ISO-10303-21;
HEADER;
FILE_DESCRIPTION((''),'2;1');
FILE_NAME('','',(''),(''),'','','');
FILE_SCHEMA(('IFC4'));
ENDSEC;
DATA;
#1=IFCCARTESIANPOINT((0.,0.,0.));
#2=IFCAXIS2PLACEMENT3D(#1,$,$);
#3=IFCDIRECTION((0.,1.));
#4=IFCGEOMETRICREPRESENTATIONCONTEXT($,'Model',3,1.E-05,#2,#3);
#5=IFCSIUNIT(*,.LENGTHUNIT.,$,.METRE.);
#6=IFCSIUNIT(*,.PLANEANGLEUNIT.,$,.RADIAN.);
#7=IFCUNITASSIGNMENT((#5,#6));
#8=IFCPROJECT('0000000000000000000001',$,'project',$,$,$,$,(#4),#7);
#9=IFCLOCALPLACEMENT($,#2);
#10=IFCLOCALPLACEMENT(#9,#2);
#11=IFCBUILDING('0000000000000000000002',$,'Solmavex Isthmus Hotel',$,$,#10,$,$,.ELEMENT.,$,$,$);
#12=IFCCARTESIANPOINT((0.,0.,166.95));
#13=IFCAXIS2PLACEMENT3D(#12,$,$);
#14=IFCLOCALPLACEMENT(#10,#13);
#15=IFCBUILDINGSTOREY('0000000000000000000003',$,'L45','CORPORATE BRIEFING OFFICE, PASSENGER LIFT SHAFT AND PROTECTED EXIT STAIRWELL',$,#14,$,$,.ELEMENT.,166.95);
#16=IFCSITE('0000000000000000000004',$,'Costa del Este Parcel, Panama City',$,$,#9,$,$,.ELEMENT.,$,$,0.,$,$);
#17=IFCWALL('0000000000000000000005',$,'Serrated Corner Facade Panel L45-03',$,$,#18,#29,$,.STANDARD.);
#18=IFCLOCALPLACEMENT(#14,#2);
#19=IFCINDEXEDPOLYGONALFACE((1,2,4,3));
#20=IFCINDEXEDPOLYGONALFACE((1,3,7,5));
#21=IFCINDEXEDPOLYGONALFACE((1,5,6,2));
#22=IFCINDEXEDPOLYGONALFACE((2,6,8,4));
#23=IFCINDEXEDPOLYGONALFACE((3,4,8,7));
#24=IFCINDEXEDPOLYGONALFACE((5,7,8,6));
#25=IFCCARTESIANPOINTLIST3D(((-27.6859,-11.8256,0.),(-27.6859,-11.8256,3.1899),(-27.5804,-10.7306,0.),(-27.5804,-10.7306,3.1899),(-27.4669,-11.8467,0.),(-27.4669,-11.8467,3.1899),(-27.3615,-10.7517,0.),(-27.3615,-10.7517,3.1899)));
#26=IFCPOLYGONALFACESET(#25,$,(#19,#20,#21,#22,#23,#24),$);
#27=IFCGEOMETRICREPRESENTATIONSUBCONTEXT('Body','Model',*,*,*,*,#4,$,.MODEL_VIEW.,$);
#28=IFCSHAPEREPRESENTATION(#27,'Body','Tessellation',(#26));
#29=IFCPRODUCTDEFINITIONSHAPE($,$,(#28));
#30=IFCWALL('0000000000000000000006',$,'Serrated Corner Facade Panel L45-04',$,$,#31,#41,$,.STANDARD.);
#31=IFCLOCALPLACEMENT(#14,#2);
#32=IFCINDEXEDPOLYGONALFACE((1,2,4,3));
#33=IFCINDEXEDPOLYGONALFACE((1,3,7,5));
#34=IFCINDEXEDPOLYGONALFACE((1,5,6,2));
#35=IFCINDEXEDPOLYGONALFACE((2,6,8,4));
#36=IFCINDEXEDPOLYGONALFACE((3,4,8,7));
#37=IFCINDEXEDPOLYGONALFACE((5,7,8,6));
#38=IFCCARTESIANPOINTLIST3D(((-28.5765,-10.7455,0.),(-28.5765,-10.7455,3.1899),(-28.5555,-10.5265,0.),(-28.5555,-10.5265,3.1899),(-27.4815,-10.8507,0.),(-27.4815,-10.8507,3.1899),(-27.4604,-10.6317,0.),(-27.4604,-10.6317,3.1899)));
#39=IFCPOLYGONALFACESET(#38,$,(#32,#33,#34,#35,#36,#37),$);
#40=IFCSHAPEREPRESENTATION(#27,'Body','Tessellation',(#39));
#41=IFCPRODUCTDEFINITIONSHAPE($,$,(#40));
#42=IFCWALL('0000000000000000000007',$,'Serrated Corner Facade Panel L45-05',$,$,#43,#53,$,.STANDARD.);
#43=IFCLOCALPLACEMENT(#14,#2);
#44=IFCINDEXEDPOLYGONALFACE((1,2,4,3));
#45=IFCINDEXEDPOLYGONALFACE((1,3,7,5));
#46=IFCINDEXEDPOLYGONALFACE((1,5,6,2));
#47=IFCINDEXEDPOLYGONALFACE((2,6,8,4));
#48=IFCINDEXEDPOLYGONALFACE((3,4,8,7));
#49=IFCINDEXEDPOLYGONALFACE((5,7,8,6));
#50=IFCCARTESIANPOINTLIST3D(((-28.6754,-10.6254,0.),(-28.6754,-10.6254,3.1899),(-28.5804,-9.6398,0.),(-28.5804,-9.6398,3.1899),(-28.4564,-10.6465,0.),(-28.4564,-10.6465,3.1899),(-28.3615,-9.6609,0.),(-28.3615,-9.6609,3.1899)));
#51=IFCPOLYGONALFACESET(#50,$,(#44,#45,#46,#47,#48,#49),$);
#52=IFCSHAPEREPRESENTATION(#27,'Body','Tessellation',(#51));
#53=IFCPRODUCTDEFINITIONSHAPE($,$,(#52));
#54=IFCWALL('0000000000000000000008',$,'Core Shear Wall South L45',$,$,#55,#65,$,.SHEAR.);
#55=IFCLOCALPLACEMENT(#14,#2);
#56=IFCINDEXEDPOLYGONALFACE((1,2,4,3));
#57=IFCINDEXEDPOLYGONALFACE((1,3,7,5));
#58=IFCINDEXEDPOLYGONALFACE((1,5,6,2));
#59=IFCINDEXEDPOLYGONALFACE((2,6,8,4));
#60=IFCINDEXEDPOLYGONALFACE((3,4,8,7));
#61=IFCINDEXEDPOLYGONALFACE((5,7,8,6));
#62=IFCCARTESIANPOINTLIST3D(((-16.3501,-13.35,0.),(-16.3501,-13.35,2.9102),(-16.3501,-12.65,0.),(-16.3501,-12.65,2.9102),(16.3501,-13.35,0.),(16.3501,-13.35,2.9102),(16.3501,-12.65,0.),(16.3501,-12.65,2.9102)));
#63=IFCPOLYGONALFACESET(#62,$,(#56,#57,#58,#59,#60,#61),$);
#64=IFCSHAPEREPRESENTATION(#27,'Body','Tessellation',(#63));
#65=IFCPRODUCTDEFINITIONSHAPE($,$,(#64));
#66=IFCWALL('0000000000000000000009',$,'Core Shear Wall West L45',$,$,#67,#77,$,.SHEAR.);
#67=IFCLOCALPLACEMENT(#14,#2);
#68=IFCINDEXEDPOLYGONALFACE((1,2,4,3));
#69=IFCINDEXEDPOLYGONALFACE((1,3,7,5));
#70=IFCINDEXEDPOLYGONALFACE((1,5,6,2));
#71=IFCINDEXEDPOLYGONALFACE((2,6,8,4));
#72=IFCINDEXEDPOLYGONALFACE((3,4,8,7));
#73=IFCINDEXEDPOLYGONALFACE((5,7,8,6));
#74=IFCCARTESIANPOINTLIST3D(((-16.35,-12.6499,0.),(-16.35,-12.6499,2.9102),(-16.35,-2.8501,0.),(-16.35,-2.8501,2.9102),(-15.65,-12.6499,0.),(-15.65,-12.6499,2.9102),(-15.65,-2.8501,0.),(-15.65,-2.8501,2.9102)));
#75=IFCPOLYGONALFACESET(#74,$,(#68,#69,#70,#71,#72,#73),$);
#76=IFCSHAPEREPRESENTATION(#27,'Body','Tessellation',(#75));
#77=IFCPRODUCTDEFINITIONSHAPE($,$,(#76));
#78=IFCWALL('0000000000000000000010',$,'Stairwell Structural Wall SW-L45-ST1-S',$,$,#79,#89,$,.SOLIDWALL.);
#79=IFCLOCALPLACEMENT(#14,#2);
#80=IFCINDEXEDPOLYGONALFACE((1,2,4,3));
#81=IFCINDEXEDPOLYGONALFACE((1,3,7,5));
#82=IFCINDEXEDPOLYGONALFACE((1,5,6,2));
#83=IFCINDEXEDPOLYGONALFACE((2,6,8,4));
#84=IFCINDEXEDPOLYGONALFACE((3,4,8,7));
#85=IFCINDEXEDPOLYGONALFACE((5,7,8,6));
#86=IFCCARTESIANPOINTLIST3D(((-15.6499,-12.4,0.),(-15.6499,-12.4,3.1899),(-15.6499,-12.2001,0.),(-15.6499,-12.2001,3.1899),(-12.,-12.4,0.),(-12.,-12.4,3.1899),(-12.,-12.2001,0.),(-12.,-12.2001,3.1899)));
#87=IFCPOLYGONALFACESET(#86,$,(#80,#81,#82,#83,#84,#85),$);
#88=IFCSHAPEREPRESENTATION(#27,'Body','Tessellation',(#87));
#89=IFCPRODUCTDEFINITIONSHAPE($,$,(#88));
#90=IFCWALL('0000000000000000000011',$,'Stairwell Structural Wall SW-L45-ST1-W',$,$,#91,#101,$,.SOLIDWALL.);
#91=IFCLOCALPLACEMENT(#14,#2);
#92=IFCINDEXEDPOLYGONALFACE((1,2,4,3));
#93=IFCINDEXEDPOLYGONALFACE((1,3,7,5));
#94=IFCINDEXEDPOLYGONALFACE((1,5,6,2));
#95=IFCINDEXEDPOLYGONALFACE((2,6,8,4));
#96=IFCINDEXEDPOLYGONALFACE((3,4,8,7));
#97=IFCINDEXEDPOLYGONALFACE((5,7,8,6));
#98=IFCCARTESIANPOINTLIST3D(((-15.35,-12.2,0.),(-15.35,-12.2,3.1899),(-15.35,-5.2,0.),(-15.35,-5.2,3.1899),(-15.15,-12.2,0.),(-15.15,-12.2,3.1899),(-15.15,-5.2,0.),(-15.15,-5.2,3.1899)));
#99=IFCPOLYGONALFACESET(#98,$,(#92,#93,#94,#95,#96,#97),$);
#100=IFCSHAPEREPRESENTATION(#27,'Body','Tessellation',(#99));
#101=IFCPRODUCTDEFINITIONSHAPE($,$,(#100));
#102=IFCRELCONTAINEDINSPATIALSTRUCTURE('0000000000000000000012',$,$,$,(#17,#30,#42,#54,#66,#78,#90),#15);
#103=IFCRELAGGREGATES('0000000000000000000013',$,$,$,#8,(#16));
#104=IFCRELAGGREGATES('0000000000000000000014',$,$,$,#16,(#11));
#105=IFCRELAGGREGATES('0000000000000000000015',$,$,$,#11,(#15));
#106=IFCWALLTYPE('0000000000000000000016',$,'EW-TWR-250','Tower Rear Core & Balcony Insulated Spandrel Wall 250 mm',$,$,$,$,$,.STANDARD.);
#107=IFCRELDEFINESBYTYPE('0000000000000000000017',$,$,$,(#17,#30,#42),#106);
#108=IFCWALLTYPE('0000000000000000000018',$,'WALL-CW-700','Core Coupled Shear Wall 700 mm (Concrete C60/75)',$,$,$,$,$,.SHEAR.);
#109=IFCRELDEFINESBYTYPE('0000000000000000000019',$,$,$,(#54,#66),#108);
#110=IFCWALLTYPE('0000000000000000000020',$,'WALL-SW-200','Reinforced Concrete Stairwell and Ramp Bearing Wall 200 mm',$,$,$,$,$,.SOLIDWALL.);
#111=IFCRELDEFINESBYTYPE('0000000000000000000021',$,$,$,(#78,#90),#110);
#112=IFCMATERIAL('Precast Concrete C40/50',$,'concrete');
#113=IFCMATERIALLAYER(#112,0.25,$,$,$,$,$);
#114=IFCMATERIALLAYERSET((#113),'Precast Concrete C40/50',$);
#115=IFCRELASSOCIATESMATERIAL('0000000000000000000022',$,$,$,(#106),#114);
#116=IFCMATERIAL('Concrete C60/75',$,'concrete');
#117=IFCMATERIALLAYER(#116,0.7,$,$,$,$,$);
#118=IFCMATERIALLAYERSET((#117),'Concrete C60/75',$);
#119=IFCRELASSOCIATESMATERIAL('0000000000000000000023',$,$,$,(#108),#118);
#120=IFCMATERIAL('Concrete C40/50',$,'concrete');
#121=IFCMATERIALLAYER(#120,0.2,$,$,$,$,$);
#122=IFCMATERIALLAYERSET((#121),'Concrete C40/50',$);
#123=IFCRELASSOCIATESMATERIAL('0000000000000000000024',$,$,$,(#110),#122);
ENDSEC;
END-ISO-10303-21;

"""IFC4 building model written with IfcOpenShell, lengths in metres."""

from ifc_helpers import new_model, si_unit, direction, frame, frame_2d, origin, place, context, subcontext, project, spatial, rectangle, extrude, material, layer, layer_set, type_object, element, save


model = new_model("IFC4")

# Units and contexts
model_context = context("Model", 3, precision=1e-05, world=origin(), true_north=direction((0.0, 1.0)))
body_context = subcontext(model_context, "Body", "Model", "MODEL_VIEW")
ifc_project = project(units=[si_unit("LENGTHUNIT", "METRE"), si_unit("PLANEANGLEUNIT", "RADIAN")], contexts=[model_context])

# Site, building, storey
site_placement = place(None, origin())
site = spatial("IfcSite", under=ifc_project, at=site_placement, Name="Costa del Este Parcel, Panama City", CompositionType="ELEMENT", RefElevation=0.0)
building_placement = place(site_placement, origin())
building = spatial("IfcBuilding", under=site, at=building_placement, Name="Solmavex Isthmus Hotel", CompositionType="ELEMENT")
storey_placement = place(building_placement, frame((0.0, 0.0, 166.95)))
storey = spatial("IfcBuildingStorey", under=building, at=storey_placement, Name="L45", Description="CORPORATE BRIEFING OFFICE, PASSENGER LIFT SHAFT AND PROTECTED EXIT STAIRWELL", CompositionType="ELEMENT", Elevation=166.95)

# Shared definitions
ifc_material_1 = material(Name="Concrete C60/75", Category="concrete")

# Shared definitions
ifc_material_2 = material(Name="Precast Concrete C40/50", Category="concrete")
ifc_layer_1 = layer(ifc_material_2, 0.25)
ifc_layer_set_1 = layer_set([ifc_layer_1], Name="Precast Concrete C40/50")
wall_type_1 = type_object("IfcWallType", Name="EW-TWR-250", Description="Tower Rear Core & Balcony Insulated Spandrel Wall 250 mm", PredefinedType="STANDARD", material=ifc_layer_set_1)

# Walls
for number, where, z_axis, x_axis, name in (
    (1, (-27.5764, -11.8362, 0.0), (0.0, 0.0, 1.0), (0.095877, 0.995393, 0.0), "Serrated Corner Facade Panel L45-03"),
    (2, (-27.4709, -10.7412, 0.0), (0.0, 0.0, 1.0), (-0.995414, 0.095657, 0.0), "Serrated Corner Facade Panel L45-04"),
):
    element("IfcWall", number, at=place(storey_placement, frame(where, z_axis=z_axis, x_axis=x_axis)), inside=storey, type_object=wall_type_1, Name=name, PredefinedType="STANDARD", context=body_context, shape_type="SweptSolid", body=[
        extrude(rectangle(XDim=1.1001, YDim=0.22, at=frame_2d((0.55, 0.0))), origin(), (0.0, 0.0, 1.0), 3.1899),
    ])
wall_1_placement = place(storey_placement, frame((-28.5659, -10.636, 0.0), z_axis=(0.0, 0.0, 1.0), x_axis=(0.095914, 0.99539, 0.0)))
element("IfcWall", 3, at=wall_1_placement, inside=storey, type_object=wall_type_1, Name="Serrated Corner Facade Panel L45-05", PredefinedType="STANDARD", context=body_context, shape_type="SweptSolid", body=[
    extrude(rectangle(XDim=0.9902, YDim=0.22, at=frame_2d((0.4951, 0.0))), origin(), (0.0, 0.0, 1.0), 3.1899),
])
ifc_layer_2 = layer(ifc_material_1, 0.7)
ifc_layer_set_2 = layer_set([ifc_layer_2], Name="Concrete C60/75")
wall_type_2 = type_object("IfcWallType", Name="WALL-CW-700", Description="Core Coupled Shear Wall 700 mm (Concrete C60/75)", PredefinedType="SHEAR", material=ifc_layer_set_2)
wall_2_placement = place(storey_placement, frame((-16.3501, -13.0, 0.0), z_axis=(0.0, 0.0, 1.0), x_axis=(1.0, 0.0, 0.0)))
element("IfcWall", 4, at=wall_2_placement, inside=storey, type_object=wall_type_2, Name="Core Shear Wall South L45", PredefinedType="SHEAR", context=body_context, shape_type="SweptSolid", body=[
    extrude(rectangle(XDim=32.7002, YDim=0.7, at=frame_2d((16.3501, 0.0))), origin(), (0.0, 0.0, 1.0), 2.9102),
])
wall_3_placement = place(storey_placement, frame((-16.0, -12.6499, 0.0), z_axis=(0.0, 0.0, 1.0), x_axis=(0.0, 1.0, 0.0)))
element("IfcWall", 5, at=wall_3_placement, inside=storey, type_object=wall_type_2, Name="Core Shear Wall West L45", PredefinedType="SHEAR", context=body_context, shape_type="SweptSolid", body=[
    extrude(rectangle(XDim=9.7998, YDim=0.7, at=frame_2d((4.8999, 0.0))), origin(), (0.0, 0.0, 1.0), 2.9102),
])
ifc_material_3 = material(Name="Concrete C40/50", Category="concrete")
ifc_layer_3 = layer(ifc_material_3, 0.2)
ifc_layer_set_3 = layer_set([ifc_layer_3], Name="Concrete C40/50")
wall_type_3 = type_object("IfcWallType", Name="WALL-SW-200", Description="Reinforced Concrete Stairwell and Ramp Bearing Wall 200 mm", PredefinedType="SOLIDWALL", material=ifc_layer_set_3)
wall_4_placement = place(storey_placement, frame((-15.6499, -12.3, 0.0), z_axis=(0.0, 0.0, 1.0), x_axis=(1.0, 0.0, 0.0)))
element("IfcWall", 6, at=wall_4_placement, inside=storey, type_object=wall_type_3, Name="Stairwell Structural Wall SW-L45-ST1-S", PredefinedType="SOLIDWALL", context=body_context, shape_type="SweptSolid", body=[
    extrude(rectangle(XDim=3.6499, YDim=0.2, at=frame_2d((1.825, 0.0))), origin(), (0.0, 0.0, 1.0), 3.1899),
])
wall_5_placement = place(storey_placement, frame((-15.25, -12.2, 0.0), z_axis=(0.0, 0.0, 1.0), x_axis=(0.0, 1.0, 0.0)))
element("IfcWall", 7, at=wall_5_placement, inside=storey, type_object=wall_type_3, Name="Stairwell Structural Wall SW-L45-ST1-W", PredefinedType="SOLIDWALL", context=body_context, shape_type="SweptSolid", body=[
    extrude(rectangle(XDim=7.0, YDim=0.2, at=frame_2d((3.5, 0.0))), origin(), (0.0, 0.0, 1.0), 3.1899),
])

save(model, "model.ifc")
